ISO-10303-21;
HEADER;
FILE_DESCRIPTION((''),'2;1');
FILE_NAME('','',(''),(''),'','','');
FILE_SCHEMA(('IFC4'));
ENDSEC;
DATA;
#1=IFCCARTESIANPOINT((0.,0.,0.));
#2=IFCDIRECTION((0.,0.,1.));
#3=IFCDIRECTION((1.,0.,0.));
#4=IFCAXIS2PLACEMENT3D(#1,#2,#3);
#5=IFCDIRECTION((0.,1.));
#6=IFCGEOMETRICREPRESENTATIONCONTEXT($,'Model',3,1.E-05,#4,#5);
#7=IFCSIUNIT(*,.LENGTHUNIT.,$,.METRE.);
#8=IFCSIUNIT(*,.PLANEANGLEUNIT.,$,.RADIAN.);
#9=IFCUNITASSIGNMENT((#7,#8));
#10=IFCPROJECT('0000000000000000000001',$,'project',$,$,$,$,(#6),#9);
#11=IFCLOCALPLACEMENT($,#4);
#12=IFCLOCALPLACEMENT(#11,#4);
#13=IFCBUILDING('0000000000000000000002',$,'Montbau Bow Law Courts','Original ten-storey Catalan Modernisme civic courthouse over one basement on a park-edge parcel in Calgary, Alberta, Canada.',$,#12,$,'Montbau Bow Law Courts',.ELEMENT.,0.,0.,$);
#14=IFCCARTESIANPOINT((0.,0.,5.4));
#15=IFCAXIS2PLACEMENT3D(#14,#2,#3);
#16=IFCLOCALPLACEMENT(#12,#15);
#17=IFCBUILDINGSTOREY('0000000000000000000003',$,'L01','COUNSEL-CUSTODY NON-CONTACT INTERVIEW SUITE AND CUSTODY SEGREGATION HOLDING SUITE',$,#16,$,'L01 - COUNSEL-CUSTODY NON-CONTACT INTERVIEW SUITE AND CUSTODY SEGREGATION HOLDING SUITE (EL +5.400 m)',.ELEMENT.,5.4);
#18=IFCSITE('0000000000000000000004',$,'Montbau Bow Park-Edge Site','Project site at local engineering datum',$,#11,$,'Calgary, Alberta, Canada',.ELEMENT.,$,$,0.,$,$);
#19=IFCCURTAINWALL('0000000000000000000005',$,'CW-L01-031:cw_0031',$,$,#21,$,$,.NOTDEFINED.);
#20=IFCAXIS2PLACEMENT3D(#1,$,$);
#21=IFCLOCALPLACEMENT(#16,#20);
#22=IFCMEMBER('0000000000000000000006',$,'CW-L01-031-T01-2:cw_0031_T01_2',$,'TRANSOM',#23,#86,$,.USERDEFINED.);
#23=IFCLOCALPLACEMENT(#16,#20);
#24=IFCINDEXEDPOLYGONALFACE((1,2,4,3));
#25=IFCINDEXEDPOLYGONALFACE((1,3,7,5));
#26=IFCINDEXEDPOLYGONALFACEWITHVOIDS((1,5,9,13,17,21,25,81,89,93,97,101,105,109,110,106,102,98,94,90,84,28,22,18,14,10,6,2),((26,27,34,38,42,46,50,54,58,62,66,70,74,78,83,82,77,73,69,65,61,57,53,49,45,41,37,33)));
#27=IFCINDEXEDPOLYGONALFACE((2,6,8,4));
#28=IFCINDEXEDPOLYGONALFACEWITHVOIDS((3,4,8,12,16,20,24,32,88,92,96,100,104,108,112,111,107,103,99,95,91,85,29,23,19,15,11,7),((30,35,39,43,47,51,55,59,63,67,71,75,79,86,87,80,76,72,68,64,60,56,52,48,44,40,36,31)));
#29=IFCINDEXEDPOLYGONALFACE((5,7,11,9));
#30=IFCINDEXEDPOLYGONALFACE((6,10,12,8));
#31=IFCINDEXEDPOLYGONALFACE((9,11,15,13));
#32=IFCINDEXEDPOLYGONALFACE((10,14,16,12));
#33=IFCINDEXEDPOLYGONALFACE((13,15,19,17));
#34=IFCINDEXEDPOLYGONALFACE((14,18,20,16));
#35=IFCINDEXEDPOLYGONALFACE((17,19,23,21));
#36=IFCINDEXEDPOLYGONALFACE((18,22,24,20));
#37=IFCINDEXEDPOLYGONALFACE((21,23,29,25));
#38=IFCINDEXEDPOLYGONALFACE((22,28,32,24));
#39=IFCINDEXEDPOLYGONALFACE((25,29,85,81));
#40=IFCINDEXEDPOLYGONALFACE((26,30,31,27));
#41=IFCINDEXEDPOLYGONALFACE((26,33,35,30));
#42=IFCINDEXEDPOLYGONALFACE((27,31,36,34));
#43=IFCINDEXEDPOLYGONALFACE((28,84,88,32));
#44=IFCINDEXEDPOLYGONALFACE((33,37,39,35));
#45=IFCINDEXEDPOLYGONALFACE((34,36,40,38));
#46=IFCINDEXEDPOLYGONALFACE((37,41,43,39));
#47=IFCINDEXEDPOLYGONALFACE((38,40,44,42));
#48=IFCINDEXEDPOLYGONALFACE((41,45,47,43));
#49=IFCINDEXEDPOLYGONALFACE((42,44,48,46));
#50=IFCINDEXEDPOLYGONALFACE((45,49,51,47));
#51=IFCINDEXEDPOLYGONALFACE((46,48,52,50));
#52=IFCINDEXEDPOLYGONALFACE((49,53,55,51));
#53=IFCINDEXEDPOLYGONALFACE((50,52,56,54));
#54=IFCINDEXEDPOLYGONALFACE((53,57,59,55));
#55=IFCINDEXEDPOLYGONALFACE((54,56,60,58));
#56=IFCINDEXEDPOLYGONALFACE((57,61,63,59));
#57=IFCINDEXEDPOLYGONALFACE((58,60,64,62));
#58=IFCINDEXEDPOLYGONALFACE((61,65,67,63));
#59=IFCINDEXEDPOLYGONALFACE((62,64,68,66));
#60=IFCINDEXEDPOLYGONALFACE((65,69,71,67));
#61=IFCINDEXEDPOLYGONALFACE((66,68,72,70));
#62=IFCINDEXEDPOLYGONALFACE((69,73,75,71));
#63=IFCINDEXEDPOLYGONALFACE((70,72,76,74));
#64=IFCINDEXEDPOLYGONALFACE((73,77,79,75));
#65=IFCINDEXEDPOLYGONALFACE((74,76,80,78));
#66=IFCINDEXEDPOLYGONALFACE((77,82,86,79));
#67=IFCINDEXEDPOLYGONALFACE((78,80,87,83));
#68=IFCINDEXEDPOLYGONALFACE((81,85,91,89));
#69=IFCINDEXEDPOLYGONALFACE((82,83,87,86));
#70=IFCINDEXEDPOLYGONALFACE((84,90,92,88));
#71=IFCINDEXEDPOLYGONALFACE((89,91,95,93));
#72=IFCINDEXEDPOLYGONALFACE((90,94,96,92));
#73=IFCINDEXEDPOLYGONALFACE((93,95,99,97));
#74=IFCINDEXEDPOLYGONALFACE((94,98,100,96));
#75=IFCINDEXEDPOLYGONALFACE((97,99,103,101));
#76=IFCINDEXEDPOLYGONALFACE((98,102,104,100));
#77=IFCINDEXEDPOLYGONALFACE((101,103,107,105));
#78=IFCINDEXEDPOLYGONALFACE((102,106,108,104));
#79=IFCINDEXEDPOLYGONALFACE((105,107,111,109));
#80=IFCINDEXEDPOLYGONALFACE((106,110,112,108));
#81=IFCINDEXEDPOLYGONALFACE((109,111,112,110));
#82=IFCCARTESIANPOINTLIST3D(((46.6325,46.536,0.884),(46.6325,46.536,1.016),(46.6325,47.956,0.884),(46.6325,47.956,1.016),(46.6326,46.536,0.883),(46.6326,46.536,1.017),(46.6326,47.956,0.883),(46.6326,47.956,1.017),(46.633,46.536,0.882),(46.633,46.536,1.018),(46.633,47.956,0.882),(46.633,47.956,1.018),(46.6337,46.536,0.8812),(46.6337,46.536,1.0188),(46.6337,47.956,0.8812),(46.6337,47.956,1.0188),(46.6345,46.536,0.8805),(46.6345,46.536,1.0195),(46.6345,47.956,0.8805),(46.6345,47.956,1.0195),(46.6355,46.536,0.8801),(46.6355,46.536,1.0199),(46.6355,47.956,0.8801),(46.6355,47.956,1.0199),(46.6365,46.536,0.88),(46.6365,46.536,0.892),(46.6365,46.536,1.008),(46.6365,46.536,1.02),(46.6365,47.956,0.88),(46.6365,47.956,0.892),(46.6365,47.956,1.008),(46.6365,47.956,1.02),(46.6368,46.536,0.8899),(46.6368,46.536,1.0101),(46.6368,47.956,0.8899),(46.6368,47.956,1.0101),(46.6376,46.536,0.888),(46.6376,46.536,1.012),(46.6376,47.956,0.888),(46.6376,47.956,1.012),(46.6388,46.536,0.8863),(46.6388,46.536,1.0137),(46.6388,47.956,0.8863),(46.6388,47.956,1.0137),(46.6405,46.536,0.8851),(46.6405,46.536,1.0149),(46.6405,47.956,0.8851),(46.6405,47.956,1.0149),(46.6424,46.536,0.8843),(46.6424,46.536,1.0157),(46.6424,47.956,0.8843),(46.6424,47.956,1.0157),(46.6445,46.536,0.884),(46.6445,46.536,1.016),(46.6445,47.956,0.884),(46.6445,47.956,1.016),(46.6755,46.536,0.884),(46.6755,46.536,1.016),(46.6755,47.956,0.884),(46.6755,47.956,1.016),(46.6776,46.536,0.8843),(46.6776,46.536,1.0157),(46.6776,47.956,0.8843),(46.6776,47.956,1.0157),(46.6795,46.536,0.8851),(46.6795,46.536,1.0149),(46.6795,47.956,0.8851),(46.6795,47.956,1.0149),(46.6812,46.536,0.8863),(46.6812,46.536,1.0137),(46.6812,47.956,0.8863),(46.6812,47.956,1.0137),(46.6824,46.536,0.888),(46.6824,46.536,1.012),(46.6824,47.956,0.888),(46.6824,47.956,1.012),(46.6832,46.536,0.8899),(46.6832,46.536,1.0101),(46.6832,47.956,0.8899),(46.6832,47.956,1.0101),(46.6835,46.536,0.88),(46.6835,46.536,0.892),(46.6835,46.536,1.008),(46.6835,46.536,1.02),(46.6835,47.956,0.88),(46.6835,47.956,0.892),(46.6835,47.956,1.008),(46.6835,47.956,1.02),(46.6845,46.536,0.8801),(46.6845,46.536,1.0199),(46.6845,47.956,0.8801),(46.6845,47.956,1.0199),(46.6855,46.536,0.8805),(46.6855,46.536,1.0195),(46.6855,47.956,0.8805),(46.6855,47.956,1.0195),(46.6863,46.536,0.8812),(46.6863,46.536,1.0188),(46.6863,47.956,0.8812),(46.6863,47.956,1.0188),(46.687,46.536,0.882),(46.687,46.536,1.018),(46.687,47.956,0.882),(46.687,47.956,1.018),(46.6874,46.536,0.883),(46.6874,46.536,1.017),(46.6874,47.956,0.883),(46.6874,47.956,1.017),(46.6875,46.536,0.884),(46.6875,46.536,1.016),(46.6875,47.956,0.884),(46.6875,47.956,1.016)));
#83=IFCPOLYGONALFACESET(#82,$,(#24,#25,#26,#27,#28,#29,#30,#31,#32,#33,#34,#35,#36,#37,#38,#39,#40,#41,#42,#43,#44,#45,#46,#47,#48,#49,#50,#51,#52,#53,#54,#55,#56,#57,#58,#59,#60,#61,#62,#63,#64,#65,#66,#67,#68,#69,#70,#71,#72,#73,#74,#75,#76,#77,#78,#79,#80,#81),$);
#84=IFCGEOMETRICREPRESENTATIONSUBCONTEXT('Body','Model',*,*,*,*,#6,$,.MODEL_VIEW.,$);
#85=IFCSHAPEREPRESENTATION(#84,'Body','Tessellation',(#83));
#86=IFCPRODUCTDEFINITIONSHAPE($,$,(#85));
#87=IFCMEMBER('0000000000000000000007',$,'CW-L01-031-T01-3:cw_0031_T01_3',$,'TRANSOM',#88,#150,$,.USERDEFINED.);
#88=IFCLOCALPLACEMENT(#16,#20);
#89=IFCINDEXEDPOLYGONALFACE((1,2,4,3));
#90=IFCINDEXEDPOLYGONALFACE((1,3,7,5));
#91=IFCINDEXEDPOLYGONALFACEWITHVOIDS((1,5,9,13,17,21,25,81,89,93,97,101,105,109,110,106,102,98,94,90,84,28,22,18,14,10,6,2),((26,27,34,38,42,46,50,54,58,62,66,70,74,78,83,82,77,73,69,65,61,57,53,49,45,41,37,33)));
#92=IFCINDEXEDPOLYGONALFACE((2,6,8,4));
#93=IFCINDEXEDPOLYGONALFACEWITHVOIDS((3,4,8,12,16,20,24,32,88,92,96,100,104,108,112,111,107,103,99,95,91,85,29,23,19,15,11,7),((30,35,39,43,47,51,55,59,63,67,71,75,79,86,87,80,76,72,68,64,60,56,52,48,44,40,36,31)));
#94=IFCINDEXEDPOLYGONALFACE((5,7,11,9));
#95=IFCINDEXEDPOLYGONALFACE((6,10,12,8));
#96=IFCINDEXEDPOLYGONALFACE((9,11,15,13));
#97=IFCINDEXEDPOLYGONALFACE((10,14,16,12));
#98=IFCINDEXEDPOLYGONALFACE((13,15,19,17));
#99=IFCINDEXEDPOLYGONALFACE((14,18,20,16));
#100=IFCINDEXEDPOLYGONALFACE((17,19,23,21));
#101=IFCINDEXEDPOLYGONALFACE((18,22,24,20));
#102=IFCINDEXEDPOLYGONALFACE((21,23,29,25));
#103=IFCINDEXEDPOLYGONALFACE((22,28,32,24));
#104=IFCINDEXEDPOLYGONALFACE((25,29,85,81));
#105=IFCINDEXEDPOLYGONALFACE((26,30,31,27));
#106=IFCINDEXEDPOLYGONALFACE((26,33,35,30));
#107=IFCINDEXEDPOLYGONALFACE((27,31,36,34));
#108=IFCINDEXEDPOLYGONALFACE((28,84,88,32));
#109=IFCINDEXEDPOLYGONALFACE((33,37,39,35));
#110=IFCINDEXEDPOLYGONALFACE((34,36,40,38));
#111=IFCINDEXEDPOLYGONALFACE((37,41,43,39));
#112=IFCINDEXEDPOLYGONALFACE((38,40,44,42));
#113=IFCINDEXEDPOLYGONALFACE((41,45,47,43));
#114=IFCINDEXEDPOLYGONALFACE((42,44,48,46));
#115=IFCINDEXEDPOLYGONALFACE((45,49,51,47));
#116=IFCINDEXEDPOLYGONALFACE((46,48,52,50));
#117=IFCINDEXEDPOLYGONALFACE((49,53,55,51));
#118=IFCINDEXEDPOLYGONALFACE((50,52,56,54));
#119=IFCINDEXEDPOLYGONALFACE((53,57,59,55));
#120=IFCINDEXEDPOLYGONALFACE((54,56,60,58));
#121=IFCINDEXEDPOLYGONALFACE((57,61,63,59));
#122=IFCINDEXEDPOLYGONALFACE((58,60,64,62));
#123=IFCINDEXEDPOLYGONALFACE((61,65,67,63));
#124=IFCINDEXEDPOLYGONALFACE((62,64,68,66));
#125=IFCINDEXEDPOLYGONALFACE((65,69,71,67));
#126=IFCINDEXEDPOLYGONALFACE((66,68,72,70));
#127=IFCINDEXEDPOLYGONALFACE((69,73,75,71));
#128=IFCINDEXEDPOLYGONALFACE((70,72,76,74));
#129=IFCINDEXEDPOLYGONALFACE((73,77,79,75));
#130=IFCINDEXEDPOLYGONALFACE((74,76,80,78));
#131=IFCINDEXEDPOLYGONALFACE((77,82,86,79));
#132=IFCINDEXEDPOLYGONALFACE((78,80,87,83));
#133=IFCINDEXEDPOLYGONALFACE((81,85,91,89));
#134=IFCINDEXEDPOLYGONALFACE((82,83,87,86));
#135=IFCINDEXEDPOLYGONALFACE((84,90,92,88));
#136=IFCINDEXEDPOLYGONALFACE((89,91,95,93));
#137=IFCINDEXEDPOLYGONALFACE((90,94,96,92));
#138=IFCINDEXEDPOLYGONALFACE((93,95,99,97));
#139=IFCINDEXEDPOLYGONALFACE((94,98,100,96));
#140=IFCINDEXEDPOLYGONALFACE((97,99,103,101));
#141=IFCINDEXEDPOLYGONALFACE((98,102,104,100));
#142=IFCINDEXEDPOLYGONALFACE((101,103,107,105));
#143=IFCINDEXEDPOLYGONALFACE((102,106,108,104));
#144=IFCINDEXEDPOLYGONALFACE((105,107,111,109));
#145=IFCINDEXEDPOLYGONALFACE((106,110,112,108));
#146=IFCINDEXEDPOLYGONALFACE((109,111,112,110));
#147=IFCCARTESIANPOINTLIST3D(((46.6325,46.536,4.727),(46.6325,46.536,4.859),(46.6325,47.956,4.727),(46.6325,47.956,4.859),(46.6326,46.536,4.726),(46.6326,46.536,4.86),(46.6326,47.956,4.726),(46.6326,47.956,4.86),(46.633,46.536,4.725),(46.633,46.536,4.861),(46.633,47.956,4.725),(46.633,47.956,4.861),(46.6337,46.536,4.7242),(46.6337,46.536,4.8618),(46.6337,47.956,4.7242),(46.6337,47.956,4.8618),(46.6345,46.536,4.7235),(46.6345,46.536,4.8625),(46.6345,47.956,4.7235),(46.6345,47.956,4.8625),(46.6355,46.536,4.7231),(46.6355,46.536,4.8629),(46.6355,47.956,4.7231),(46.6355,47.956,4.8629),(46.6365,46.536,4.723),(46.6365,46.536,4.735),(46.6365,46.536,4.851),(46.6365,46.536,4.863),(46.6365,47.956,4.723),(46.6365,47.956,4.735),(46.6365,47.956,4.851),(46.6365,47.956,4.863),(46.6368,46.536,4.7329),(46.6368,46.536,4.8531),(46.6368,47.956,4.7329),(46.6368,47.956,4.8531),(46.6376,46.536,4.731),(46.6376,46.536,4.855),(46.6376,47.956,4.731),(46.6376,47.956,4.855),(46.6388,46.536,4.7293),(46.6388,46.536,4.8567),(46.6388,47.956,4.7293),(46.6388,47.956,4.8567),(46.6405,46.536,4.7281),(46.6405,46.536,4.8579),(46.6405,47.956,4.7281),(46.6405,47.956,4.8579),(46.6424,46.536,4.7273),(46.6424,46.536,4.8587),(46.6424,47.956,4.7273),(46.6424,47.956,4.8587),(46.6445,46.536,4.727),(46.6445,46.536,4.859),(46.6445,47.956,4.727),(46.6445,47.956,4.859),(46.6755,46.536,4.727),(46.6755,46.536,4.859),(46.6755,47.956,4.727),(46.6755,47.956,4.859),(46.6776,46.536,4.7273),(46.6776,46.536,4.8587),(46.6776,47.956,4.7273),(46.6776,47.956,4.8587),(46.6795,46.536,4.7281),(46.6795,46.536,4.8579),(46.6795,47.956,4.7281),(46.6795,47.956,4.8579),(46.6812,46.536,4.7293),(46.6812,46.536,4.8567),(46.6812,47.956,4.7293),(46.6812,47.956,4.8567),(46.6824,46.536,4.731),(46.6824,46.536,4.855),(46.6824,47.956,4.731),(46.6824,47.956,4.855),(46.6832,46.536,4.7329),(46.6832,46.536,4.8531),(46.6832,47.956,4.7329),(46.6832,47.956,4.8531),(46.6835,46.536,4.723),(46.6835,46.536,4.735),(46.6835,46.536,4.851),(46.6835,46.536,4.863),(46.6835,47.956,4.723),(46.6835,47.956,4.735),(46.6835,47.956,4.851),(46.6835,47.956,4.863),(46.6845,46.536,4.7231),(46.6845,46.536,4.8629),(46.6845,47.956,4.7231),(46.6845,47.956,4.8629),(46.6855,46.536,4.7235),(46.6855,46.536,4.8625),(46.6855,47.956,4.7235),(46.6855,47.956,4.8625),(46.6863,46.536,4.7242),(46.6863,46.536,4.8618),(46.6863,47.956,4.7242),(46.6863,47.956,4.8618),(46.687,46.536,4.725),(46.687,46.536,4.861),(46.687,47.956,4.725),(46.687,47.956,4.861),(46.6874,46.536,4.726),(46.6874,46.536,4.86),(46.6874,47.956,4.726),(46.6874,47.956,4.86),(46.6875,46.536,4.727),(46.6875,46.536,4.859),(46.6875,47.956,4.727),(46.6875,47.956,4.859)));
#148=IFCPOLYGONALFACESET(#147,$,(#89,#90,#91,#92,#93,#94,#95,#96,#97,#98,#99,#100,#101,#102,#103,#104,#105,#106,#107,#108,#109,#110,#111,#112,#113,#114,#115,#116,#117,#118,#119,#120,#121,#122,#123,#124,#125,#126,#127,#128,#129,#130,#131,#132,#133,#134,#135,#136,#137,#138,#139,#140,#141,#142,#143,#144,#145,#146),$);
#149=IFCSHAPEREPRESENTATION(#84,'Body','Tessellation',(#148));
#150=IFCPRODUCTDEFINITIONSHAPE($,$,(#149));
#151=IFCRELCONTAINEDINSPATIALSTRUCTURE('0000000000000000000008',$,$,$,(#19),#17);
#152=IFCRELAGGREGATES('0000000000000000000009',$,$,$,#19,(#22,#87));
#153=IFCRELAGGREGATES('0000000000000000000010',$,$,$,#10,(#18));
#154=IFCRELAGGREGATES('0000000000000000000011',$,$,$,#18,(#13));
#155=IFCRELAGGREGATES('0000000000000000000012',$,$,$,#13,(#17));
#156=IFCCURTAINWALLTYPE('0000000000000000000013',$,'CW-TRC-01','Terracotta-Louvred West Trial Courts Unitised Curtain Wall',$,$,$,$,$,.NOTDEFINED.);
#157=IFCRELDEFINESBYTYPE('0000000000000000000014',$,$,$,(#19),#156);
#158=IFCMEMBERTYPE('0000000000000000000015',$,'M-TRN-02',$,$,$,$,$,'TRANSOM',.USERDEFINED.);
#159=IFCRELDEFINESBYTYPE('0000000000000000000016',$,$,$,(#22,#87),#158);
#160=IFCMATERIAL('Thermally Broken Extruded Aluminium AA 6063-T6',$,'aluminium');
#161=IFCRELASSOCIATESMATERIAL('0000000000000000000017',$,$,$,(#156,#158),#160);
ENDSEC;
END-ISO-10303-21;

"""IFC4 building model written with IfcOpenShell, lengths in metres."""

from ifc_helpers import new_model, si_unit, direction, frame, origin_with_axes, origin_2d_with_axis, place, context, subcontext, project, spatial, hollow_rectangle, extrude, material, material_profile, profile_set, type_object, element, aggregate, save


model = new_model("IFC4")

# Units and contexts
model_context = context("Model", 3, precision=1e-05, world=origin_with_axes(), true_north=direction((0.0, 1.0)))
body_context = subcontext(model_context, "Body", "Model", "MODEL_VIEW")
ifc_project = project(units=[si_unit("LENGTHUNIT", "METRE"), si_unit("PLANEANGLEUNIT", "RADIAN")], contexts=[model_context])

# Site, building, storey
site_placement = place(None, origin_with_axes())
site = spatial("IfcSite", under=ifc_project, at=site_placement, Name="Montbau Bow Park-Edge Site", Description="Project site at local engineering datum", LongName="Calgary, Alberta, Canada", CompositionType="ELEMENT", RefElevation=0.0)
building_placement = place(site_placement, origin_with_axes())
building = spatial("IfcBuilding", under=site, at=building_placement, Name="Montbau Bow Law Courts", Description="Original ten-storey Catalan Modernisme civic courthouse over one basement on a park-edge parcel in Calgary, Alberta, Canada.", LongName="Montbau Bow Law Courts", CompositionType="ELEMENT", ElevationOfRefHeight=0.0, ElevationOfTerrain=0.0)
storey_placement = place(building_placement, frame((0.0, 0.0, 5.4), z_axis=(0.0, 0.0, 1.0), x_axis=(1.0, 0.0, 0.0)))
storey = spatial("IfcBuildingStorey", under=building, at=storey_placement, Name="L01", Description="COUNSEL-CUSTODY NON-CONTACT INTERVIEW SUITE AND CUSTODY SEGREGATION HOLDING SUITE", LongName="L01 - COUNSEL-CUSTODY NON-CONTACT INTERVIEW SUITE AND CUSTODY SEGREGATION HOLDING SUITE (EL +5.400 m)", CompositionType="ELEMENT", Elevation=5.4)

# Shared definitions
ifc_material_1 = material(Name="Thermally Broken Extruded Aluminium AA 6063-T6", Category="aluminium")

# Curtain wall, members
curtain_wall_type_1 = type_object("IfcCurtainWallType", Name="CW-TRC-01", Description="Terracotta-Louvred West Trial Courts Unitised Curtain Wall", PredefinedType="NOTDEFINED", material=ifc_material_1)
curtain_wall_1_placement = place(None, frame((46.66, 46.468, 5.4), z_axis=(0.0, 0.0, 1.0), x_axis=(1.0, 0.0, 0.0)))
curtain_wall_1 = element("IfcCurtainWall", 1, at=curtain_wall_1_placement, inside=storey, type_object=curtain_wall_type_1, Name="CW-L01-031:cw_0031", PredefinedType="NOTDEFINED")
ifc_material_profile_1 = material_profile(ifc_material_1, hollow_rectangle(XDim=0.055, YDim=0.14, WallThickness=0.004, InnerFilletRadius=0.008, OuterFilletRadius=0.004, at=origin_2d_with_axis()), Name="CWT-140X55", Category="Main", Priority=0)
ifc_profile_set_1 = profile_set([ifc_material_profile_1], Name="Thermally Broken Extruded Aluminium AA 6063-T6")
member_type_1 = type_object("IfcMemberType", Name="M-TRN-02", ElementType="TRANSOM", PredefinedType="USERDEFINED", material=ifc_profile_set_1)
member_1_placement = place(None, frame((46.66, 46.536, 6.35), z_axis=(0.0, 1.0, 0.0), x_axis=(-1.0, 0.0, 0.0)))
member_1 = element("IfcMember", 2, at=member_1_placement, type_object=member_type_1, Name="CW-L01-031-T01-2:cw_0031_T01_2", ObjectType="TRANSOM", PredefinedType="USERDEFINED", context=body_context, shape_type="SweptSolid", body=[
    extrude(hollow_rectangle(XDim=0.055, YDim=0.14, WallThickness=0.004, InnerFilletRadius=0.008, OuterFilletRadius=0.004, at=origin_2d_with_axis()), origin_with_axes(), (0.0, 0.0, 1.0), 1.42),
])
member_2_placement = place(None, frame((46.66, 46.536, 10.193), z_axis=(0.0, 1.0, 0.0), x_axis=(-1.0, 0.0, 0.0)))
member_2 = element("IfcMember", 3, at=member_2_placement, type_object=member_type_1, Name="CW-L01-031-T01-3:cw_0031_T01_3", ObjectType="TRANSOM", PredefinedType="USERDEFINED", context=body_context, shape_type="SweptSolid", body=[
    extrude(hollow_rectangle(XDim=0.055, YDim=0.14, WallThickness=0.004, InnerFilletRadius=0.008, OuterFilletRadius=0.004, at=origin_2d_with_axis()), origin_with_axes(), (0.0, 0.0, 1.0), 1.42),
])

aggregate(curtain_wall_1, [member_1, member_2])

save(model, "model.ifc")
